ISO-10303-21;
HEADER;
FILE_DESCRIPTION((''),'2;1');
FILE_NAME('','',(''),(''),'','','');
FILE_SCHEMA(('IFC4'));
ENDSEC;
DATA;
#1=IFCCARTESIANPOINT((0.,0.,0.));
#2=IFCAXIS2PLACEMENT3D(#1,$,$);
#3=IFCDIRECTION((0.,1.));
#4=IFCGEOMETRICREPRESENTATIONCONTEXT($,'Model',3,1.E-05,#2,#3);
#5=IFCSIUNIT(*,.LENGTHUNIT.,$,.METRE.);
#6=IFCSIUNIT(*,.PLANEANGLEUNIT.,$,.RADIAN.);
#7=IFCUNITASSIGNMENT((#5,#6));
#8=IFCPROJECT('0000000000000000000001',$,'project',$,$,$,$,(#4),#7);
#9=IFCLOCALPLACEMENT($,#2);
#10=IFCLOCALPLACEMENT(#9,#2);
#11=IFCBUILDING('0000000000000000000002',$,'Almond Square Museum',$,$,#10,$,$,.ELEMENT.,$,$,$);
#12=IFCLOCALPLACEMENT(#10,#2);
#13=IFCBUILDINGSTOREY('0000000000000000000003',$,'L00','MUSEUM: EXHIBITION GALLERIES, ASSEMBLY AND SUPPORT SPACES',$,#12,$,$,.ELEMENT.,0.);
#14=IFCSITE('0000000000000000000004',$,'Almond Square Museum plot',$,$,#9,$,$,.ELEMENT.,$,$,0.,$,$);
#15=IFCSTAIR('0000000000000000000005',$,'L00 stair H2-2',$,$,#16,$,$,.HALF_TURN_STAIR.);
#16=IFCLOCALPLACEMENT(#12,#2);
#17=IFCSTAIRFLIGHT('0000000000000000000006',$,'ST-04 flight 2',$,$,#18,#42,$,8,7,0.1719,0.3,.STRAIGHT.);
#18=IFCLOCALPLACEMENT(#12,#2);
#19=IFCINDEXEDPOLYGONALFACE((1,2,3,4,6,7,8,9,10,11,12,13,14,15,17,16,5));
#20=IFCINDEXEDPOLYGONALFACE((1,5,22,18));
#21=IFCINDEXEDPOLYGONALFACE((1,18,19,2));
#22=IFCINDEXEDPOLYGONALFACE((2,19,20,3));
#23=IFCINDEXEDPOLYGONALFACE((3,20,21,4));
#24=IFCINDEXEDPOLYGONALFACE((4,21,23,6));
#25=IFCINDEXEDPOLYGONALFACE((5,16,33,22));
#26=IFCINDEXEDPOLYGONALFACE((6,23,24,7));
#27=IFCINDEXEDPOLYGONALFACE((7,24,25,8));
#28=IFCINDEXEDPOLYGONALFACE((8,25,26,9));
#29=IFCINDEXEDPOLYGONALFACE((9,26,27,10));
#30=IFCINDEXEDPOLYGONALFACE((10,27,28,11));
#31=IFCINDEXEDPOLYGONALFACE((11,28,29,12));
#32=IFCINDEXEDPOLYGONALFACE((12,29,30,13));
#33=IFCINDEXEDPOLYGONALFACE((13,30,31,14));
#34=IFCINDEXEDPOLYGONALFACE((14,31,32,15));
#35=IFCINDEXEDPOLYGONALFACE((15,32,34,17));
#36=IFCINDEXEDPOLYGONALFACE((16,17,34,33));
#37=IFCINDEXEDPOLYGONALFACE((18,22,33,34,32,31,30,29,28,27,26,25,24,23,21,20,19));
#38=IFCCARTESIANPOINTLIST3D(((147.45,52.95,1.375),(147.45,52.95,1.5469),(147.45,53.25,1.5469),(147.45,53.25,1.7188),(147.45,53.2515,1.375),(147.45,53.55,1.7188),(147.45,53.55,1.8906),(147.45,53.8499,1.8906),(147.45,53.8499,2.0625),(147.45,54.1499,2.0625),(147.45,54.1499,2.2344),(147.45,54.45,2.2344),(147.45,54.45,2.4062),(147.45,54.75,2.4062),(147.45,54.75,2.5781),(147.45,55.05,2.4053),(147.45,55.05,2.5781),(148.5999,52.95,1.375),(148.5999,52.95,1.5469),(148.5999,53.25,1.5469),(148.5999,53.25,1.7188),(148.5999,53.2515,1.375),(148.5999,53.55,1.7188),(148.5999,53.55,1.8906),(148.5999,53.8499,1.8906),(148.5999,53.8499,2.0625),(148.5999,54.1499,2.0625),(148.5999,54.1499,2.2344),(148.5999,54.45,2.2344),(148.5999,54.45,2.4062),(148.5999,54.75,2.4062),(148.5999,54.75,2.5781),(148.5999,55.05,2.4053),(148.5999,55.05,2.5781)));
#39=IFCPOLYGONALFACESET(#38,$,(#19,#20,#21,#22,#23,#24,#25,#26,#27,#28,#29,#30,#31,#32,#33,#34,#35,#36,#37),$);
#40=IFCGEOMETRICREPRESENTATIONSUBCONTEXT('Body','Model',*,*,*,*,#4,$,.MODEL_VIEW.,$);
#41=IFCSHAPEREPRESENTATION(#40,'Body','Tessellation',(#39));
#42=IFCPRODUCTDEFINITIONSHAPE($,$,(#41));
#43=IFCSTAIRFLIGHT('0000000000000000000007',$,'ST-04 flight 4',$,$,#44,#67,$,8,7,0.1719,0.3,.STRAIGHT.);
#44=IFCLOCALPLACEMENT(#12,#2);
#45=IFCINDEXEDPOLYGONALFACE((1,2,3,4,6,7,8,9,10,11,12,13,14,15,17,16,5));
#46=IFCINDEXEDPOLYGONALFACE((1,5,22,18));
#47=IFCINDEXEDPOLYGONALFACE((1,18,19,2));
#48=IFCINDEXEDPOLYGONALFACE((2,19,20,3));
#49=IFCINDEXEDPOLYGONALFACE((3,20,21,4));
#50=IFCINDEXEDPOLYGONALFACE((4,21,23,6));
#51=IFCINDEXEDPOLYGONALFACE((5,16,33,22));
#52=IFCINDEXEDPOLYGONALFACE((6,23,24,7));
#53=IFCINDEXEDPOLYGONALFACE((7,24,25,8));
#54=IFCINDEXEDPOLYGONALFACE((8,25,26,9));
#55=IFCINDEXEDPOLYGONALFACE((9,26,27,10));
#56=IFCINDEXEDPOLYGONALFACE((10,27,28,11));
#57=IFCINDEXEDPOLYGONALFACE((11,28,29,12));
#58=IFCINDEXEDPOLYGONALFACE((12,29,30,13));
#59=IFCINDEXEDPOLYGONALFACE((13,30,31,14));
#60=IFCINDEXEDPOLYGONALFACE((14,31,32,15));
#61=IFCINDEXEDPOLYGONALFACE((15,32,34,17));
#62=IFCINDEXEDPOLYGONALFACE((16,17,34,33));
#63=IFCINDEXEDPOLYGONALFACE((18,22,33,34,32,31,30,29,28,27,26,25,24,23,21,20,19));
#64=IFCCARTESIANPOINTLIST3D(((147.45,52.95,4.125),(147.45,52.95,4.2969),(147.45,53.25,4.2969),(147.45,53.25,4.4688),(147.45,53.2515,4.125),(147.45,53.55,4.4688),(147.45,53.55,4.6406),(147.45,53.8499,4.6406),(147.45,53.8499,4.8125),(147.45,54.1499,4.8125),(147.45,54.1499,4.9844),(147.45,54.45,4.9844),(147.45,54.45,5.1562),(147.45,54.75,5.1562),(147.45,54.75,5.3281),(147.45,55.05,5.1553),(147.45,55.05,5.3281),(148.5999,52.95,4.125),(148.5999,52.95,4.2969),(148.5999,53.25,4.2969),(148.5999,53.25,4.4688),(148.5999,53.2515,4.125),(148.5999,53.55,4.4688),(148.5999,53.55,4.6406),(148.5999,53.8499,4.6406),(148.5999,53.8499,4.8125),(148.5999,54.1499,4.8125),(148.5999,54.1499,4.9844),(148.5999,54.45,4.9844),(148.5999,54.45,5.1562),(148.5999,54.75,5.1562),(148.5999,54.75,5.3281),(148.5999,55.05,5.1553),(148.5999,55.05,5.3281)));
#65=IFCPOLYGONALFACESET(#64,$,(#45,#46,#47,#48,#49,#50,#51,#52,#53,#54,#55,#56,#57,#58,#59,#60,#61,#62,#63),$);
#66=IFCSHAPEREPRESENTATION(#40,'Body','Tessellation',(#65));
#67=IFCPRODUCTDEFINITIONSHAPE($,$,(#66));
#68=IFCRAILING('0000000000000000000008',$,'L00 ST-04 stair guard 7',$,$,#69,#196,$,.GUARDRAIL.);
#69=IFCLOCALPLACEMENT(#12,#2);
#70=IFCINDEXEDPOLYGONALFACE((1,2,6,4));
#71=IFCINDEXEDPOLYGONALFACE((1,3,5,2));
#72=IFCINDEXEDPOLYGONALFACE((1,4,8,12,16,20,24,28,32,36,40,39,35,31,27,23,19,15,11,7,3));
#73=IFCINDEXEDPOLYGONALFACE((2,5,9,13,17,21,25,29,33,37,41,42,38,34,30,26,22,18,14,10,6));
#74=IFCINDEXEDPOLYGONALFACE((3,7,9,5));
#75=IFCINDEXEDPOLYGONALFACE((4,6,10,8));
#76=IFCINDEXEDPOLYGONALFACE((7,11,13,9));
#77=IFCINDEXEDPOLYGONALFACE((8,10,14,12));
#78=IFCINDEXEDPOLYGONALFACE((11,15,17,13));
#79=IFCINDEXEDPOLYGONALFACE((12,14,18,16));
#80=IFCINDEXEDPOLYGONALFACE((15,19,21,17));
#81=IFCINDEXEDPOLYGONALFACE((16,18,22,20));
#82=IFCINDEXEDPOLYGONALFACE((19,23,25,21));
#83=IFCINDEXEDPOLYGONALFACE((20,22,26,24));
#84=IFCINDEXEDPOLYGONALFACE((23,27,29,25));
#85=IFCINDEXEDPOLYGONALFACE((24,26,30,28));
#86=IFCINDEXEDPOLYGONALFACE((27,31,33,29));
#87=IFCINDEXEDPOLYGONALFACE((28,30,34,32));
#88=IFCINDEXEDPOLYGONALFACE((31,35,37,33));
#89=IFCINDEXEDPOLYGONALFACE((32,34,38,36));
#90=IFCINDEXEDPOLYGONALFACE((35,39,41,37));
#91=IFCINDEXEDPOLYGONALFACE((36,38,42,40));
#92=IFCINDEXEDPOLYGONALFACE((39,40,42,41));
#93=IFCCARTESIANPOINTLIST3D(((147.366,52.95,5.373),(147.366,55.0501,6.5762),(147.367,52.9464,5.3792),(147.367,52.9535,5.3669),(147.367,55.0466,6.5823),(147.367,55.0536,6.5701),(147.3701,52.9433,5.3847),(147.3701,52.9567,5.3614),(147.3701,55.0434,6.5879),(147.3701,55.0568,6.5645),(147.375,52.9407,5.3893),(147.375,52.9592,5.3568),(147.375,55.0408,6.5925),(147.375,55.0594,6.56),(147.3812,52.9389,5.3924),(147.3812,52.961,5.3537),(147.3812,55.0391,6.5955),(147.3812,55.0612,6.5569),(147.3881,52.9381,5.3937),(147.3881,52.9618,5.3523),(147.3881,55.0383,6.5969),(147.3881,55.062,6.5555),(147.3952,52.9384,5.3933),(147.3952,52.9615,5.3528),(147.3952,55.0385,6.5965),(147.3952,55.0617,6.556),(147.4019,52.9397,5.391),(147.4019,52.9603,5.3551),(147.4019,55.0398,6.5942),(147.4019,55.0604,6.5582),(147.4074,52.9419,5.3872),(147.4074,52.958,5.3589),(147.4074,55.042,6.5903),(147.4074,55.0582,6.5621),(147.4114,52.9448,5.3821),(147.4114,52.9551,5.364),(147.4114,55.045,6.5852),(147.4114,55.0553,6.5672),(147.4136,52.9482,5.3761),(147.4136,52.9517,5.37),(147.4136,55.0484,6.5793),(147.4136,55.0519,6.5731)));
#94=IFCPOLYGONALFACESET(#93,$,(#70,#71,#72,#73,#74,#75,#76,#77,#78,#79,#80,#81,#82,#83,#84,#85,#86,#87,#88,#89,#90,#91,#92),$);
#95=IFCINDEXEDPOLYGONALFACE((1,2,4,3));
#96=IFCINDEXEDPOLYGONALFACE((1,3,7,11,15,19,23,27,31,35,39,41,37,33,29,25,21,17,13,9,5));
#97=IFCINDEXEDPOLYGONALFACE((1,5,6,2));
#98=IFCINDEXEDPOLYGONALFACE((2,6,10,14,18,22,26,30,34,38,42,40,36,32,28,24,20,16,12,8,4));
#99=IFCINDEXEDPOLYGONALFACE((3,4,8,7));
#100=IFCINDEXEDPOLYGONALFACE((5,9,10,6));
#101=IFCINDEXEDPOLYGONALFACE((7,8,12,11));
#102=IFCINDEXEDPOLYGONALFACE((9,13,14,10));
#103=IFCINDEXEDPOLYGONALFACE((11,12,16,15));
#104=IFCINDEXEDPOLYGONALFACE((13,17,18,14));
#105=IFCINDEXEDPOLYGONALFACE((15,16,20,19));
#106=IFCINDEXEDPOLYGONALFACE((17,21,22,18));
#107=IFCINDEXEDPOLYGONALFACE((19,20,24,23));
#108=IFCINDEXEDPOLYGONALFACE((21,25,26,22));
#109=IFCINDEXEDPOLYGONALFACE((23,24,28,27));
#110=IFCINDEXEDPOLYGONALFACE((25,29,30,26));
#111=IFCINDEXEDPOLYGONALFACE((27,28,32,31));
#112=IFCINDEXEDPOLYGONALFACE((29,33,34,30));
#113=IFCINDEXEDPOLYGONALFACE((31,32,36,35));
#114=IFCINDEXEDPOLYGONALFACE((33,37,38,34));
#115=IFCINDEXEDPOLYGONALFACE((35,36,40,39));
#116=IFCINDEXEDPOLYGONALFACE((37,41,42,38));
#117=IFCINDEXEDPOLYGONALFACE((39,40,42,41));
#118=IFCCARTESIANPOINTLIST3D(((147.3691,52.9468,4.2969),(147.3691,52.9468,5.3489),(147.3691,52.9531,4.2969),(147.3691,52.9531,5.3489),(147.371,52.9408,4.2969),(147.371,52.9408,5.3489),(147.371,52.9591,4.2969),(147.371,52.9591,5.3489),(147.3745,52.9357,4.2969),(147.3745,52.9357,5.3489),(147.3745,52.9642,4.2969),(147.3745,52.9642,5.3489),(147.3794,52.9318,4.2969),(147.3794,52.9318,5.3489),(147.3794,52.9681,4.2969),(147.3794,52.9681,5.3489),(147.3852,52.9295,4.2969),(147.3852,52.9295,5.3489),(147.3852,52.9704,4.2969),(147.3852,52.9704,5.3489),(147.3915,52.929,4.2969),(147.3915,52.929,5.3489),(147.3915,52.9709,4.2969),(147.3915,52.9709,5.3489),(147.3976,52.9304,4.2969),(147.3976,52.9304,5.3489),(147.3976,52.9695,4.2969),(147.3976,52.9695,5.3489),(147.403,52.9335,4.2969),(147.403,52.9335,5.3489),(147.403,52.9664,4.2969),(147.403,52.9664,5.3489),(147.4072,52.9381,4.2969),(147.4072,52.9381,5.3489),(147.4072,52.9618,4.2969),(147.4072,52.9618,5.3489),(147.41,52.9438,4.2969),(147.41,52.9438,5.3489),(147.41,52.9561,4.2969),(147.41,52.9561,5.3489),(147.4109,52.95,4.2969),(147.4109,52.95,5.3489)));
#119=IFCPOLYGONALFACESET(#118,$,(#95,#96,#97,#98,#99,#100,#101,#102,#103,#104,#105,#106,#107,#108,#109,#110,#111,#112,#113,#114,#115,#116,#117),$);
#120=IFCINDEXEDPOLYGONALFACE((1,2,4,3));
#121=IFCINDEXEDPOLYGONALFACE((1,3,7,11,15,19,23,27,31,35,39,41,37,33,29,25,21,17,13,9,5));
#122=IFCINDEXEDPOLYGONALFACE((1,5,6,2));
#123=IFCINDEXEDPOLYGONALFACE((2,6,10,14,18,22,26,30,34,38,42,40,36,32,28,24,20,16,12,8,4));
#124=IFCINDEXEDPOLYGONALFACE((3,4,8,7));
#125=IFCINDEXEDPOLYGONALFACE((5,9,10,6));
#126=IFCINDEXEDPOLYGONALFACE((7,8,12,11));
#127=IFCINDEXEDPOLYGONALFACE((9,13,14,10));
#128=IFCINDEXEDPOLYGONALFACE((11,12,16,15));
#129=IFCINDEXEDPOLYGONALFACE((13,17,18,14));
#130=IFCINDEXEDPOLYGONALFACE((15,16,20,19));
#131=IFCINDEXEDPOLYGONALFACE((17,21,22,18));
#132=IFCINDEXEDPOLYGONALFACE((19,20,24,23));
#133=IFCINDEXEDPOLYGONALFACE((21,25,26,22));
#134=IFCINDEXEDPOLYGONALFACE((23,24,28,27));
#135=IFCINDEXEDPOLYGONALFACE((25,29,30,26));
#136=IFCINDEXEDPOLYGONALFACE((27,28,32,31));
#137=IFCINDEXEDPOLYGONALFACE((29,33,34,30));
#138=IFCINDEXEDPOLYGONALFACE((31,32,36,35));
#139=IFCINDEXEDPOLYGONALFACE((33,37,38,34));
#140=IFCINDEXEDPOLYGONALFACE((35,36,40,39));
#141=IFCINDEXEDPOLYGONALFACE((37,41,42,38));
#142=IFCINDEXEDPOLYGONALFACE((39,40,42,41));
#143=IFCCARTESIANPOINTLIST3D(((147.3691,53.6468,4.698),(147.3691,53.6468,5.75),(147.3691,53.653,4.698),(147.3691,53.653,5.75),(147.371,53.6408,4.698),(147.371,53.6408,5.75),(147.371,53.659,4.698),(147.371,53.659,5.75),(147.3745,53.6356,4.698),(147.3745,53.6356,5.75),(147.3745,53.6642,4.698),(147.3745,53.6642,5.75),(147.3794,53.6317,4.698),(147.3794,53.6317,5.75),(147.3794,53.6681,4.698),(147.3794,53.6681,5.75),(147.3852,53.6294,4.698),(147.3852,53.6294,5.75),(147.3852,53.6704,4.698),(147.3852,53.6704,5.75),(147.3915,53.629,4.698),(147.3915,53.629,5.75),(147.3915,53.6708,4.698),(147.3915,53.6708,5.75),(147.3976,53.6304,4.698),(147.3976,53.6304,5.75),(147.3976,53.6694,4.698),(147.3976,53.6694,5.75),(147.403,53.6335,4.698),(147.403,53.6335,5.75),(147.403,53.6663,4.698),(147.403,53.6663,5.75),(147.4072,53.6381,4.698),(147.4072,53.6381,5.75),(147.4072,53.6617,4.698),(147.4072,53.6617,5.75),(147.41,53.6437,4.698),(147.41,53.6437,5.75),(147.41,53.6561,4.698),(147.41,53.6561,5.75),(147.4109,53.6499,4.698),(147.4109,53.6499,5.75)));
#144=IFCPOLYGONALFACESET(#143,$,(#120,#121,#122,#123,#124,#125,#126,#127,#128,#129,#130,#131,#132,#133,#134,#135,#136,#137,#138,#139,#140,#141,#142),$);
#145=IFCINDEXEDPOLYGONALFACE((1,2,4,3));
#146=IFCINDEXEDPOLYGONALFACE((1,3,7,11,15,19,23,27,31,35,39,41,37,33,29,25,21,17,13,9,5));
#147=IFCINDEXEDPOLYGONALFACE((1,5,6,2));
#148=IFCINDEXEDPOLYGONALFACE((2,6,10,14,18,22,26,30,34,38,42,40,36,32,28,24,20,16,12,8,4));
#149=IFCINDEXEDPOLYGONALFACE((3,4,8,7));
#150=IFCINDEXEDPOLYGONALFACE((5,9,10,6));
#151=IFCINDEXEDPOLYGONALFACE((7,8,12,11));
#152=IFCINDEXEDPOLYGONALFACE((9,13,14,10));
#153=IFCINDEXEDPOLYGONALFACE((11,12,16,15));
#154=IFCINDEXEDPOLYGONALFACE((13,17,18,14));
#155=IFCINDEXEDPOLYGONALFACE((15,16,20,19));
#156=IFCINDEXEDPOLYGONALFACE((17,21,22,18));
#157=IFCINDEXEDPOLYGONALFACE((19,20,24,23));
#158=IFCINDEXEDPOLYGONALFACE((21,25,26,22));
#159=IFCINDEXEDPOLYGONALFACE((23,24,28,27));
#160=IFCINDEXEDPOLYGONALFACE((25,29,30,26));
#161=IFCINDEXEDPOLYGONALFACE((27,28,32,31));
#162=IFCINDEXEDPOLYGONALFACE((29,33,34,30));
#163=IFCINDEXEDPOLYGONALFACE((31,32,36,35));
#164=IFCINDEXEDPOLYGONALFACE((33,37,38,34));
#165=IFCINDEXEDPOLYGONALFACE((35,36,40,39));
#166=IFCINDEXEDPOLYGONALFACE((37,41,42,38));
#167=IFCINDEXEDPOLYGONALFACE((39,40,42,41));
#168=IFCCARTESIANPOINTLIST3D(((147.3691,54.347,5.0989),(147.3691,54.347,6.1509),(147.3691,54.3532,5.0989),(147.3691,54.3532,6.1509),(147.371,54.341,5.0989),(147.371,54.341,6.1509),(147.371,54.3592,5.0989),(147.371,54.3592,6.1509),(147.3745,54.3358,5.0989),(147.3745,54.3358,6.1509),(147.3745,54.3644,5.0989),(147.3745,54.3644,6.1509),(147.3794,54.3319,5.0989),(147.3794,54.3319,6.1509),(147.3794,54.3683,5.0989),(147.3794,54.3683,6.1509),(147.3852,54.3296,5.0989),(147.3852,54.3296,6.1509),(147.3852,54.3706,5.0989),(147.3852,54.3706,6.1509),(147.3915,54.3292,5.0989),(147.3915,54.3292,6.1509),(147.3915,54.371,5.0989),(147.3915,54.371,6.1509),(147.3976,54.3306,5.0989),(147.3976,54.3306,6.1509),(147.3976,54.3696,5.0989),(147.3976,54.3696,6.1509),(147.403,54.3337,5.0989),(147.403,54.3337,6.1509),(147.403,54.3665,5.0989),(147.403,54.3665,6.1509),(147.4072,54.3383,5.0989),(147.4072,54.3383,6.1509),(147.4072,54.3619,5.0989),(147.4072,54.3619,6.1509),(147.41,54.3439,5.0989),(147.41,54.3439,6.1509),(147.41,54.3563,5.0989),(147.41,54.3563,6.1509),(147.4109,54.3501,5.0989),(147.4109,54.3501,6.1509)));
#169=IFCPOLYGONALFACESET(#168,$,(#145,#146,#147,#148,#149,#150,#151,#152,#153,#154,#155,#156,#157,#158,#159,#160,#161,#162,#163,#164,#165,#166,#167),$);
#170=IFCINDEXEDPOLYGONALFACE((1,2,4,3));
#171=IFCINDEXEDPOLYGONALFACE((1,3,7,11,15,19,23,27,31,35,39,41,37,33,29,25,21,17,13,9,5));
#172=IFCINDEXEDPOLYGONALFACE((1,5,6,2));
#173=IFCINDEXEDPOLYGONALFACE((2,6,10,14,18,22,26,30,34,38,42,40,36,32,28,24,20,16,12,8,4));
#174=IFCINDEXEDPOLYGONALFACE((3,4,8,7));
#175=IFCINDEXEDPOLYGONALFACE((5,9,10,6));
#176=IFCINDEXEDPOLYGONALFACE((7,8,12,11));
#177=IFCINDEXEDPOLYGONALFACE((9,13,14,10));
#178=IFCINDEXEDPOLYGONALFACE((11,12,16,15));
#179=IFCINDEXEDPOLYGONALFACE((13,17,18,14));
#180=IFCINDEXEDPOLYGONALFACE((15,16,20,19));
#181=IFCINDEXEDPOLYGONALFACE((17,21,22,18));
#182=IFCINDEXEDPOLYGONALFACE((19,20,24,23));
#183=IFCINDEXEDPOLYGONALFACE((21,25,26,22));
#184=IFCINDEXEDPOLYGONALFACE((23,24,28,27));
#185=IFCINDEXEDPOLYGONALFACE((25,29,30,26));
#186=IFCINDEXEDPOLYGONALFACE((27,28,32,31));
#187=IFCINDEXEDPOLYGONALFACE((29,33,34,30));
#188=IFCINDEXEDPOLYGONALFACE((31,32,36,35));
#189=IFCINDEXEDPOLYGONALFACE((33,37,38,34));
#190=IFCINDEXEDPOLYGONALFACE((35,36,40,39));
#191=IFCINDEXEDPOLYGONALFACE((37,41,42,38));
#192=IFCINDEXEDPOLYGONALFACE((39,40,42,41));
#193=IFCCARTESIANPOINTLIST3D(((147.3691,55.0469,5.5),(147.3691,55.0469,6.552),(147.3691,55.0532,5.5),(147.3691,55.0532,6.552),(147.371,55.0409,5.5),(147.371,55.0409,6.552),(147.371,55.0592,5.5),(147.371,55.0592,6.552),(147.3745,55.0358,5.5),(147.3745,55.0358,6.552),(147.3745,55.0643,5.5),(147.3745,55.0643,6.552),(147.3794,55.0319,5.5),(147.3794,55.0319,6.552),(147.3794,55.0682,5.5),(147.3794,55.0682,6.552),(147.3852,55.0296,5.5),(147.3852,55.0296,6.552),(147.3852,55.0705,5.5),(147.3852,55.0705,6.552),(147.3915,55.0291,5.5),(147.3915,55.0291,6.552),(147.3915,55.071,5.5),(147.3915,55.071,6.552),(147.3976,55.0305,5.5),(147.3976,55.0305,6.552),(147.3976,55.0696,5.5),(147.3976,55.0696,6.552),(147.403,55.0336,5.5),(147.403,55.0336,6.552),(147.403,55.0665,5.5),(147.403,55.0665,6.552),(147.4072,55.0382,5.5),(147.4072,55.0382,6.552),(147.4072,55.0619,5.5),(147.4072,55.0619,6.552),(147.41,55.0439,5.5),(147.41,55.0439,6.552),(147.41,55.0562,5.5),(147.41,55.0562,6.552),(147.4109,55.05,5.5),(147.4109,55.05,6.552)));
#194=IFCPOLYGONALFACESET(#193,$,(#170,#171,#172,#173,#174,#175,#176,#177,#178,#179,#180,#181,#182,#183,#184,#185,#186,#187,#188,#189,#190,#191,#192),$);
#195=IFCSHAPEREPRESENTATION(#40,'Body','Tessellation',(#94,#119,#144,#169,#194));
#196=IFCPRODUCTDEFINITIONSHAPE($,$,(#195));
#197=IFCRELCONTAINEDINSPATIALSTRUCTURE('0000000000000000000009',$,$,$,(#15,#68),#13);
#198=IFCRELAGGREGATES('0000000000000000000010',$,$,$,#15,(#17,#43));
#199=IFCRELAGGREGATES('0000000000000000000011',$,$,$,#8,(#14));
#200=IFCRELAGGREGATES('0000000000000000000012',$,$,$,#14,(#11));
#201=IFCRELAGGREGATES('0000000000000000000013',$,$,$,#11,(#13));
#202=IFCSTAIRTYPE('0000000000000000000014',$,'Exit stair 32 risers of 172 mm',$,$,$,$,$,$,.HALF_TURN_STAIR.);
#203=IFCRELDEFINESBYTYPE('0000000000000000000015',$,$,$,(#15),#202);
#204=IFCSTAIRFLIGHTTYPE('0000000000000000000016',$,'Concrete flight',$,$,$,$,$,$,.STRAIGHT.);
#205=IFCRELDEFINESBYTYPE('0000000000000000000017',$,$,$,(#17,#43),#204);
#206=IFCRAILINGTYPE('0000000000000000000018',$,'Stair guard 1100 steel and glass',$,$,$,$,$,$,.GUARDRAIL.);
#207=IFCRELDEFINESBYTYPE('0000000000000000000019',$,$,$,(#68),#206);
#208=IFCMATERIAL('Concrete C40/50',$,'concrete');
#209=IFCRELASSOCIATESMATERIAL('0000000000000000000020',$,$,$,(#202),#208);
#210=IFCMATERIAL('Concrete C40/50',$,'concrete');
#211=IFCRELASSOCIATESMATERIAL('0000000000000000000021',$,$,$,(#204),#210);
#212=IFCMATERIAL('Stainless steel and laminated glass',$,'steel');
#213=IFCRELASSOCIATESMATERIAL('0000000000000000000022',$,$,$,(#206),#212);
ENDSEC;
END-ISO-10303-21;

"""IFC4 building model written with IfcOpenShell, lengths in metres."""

from ifc_helpers import new_model, si_unit, direction, frame, origin, origin_2d, place, context, subcontext, project, spatial, polyline, circle, outline, extrude, material, type_object, element, aggregate, save


model = new_model("IFC4")

# Units and contexts
model_context = context("Model", 3, precision=1e-05, world=origin(), true_north=direction((0.0, 1.0)))
body_context = subcontext(model_context, "Body", "Model", "MODEL_VIEW")
ifc_project = project(units=[si_unit("LENGTHUNIT", "METRE"), si_unit("PLANEANGLEUNIT", "RADIAN")], contexts=[model_context])

# Site, building, storey
site_placement = place(None, origin())
site = spatial("IfcSite", under=ifc_project, at=site_placement, Name="Almond Square Museum plot", CompositionType="ELEMENT", RefElevation=0.0)
building_placement = place(site_placement, origin())
building = spatial("IfcBuilding", under=site, at=building_placement, Name="Almond Square Museum", CompositionType="ELEMENT")
storey_placement = place(building_placement, origin())
storey = spatial("IfcBuildingStorey", under=building, at=storey_placement, Name="L00", Description="MUSEUM: EXHIBITION GALLERIES, ASSEMBLY AND SUPPORT SPACES", CompositionType="ELEMENT", Elevation=0.0)

# Stair, stair flights
ifc_material_1 = material(Name="Concrete C40/50", Category="concrete")
stair_type = type_object("IfcStairType", Name="Exit stair 32 risers of 172 mm", PredefinedType="HALF_TURN_STAIR", material=ifc_material_1)
stair_placement = place(storey_placement, origin())
stair = element("IfcStair", 1, at=stair_placement, inside=storey, type_object=stair_type, Name="L00 stair H2-2", PredefinedType="HALF_TURN_STAIR")
ifc_material_2 = material(Name="Concrete C40/50", Category="concrete")
stair_flight_type = type_object("IfcStairFlightType", Name="Concrete flight", PredefinedType="STRAIGHT", material=ifc_material_2)
stair_flight_1_placement = place(storey_placement, frame((148.0249, 52.95, 1.375), z_axis=(0.0, 0.0, 1.0), x_axis=(0.0, 1.0, 0.0)))
stair_flight_1 = element("IfcStairFlight", 2, at=stair_flight_1_placement, type_object=stair_flight_type, Name="ST-04 flight 2", NumberOfRisers=8, NumberOfTreads=7, PredefinedType="STRAIGHT", RiserHeight=0.1719, TreadLength=0.3, context=body_context, shape_type="SweptSolid", body=[
    extrude(outline(polyline([(0.0, 0.0), (0.0, 0.1719), (0.3, 0.1719), (0.3, 0.3438), (0.6001, 0.3438), (0.6001, 0.5156), (0.8999, 0.5156), (0.8999, 0.6875), (1.2, 0.6875), (1.2, 0.8594), (1.5, 0.8594), (1.5, 1.0312), (1.8, 1.0312), (1.8, 1.2031), (2.1001, 1.2031), (2.1001, 1.375), (2.1001, 1.0303), (0.3015, 0.0), (0.0, 0.0)])), frame((0.0, 0.575, 0.0), z_axis=(0.0, -1.0, 0.0), x_axis=(1.0, 0.0, 0.0)), (0.0, 0.0, 1.0), 1.1499),
])
stair_flight_2_placement = place(storey_placement, frame((148.0249, 52.95, 4.125), z_axis=(0.0, 0.0, 1.0), x_axis=(0.0, 1.0, 0.0)))
stair_flight_2 = element("IfcStairFlight", 3, at=stair_flight_2_placement, type_object=stair_flight_type, Name="ST-04 flight 4", NumberOfRisers=8, NumberOfTreads=7, PredefinedType="STRAIGHT", RiserHeight=0.1719, TreadLength=0.3, context=body_context, shape_type="SweptSolid", body=[
    extrude(outline(polyline([(0.0, 0.0), (0.0, 0.1719), (0.3, 0.1719), (0.3, 0.3438), (0.6001, 0.3438), (0.6001, 0.5156), (0.8999, 0.5156), (0.8999, 0.6875), (1.2, 0.6875), (1.2, 0.8594), (1.5, 0.8594), (1.5, 1.0312), (1.8, 1.0312), (1.8, 1.2031), (2.1001, 1.2031), (2.1001, 1.375), (2.1001, 1.0303), (0.3015, 0.0), (0.0, 0.0)])), frame((0.0, 0.575, 0.0), z_axis=(0.0, -1.0, 0.0), x_axis=(1.0, 0.0, 0.0)), (0.0, 0.0, 1.0), 1.1499),
])
aggregate(stair, [stair_flight_1, stair_flight_2])

# Railing
ifc_material_3 = material(Name="Stainless steel and laminated glass", Category="steel")
railing_type_1 = type_object("IfcRailingType", Name="Stair guard 1100 steel and glass", PredefinedType="GUARDRAIL", material=ifc_material_3)
railing_placement = place(storey_placement, frame((147.3899, 52.95, 4.2969)))
element("IfcRailing", 4, at=railing_placement, inside=storey, type_object=railing_type_1, Name="L00 ST-04 stair guard 7", PredefinedType="GUARDRAIL", context=body_context, shape_type="SweptSolid", body=[
    extrude(circle(Radius=0.0239, at=origin_2d()), frame((0.0, 0.0, 1.0762), z_axis=(0.0, 0.867696, 0.497095), x_axis=(-1.0, 0.0, 0.0)), (0.0, 0.0, 1.0), 2.4204),
    extrude(circle(Radius=0.021, at=origin_2d()), origin(), (0.0, 0.0, 1.0), 1.052),
    extrude(circle(Radius=0.021, at=origin_2d()), frame((0.0, 0.7, 0.4011)), (0.0, 0.0, 1.0), 1.052),
    extrude(circle(Radius=0.021, at=origin_2d()), frame((0.0, 1.4001, 0.802)), (0.0, 0.0, 1.0), 1.052),
    extrude(circle(Radius=0.021, at=origin_2d()), frame((0.0, 2.1001, 1.2031)), (0.0, 0.0, 1.0), 1.052),
])

save(model, "model.ifc")
